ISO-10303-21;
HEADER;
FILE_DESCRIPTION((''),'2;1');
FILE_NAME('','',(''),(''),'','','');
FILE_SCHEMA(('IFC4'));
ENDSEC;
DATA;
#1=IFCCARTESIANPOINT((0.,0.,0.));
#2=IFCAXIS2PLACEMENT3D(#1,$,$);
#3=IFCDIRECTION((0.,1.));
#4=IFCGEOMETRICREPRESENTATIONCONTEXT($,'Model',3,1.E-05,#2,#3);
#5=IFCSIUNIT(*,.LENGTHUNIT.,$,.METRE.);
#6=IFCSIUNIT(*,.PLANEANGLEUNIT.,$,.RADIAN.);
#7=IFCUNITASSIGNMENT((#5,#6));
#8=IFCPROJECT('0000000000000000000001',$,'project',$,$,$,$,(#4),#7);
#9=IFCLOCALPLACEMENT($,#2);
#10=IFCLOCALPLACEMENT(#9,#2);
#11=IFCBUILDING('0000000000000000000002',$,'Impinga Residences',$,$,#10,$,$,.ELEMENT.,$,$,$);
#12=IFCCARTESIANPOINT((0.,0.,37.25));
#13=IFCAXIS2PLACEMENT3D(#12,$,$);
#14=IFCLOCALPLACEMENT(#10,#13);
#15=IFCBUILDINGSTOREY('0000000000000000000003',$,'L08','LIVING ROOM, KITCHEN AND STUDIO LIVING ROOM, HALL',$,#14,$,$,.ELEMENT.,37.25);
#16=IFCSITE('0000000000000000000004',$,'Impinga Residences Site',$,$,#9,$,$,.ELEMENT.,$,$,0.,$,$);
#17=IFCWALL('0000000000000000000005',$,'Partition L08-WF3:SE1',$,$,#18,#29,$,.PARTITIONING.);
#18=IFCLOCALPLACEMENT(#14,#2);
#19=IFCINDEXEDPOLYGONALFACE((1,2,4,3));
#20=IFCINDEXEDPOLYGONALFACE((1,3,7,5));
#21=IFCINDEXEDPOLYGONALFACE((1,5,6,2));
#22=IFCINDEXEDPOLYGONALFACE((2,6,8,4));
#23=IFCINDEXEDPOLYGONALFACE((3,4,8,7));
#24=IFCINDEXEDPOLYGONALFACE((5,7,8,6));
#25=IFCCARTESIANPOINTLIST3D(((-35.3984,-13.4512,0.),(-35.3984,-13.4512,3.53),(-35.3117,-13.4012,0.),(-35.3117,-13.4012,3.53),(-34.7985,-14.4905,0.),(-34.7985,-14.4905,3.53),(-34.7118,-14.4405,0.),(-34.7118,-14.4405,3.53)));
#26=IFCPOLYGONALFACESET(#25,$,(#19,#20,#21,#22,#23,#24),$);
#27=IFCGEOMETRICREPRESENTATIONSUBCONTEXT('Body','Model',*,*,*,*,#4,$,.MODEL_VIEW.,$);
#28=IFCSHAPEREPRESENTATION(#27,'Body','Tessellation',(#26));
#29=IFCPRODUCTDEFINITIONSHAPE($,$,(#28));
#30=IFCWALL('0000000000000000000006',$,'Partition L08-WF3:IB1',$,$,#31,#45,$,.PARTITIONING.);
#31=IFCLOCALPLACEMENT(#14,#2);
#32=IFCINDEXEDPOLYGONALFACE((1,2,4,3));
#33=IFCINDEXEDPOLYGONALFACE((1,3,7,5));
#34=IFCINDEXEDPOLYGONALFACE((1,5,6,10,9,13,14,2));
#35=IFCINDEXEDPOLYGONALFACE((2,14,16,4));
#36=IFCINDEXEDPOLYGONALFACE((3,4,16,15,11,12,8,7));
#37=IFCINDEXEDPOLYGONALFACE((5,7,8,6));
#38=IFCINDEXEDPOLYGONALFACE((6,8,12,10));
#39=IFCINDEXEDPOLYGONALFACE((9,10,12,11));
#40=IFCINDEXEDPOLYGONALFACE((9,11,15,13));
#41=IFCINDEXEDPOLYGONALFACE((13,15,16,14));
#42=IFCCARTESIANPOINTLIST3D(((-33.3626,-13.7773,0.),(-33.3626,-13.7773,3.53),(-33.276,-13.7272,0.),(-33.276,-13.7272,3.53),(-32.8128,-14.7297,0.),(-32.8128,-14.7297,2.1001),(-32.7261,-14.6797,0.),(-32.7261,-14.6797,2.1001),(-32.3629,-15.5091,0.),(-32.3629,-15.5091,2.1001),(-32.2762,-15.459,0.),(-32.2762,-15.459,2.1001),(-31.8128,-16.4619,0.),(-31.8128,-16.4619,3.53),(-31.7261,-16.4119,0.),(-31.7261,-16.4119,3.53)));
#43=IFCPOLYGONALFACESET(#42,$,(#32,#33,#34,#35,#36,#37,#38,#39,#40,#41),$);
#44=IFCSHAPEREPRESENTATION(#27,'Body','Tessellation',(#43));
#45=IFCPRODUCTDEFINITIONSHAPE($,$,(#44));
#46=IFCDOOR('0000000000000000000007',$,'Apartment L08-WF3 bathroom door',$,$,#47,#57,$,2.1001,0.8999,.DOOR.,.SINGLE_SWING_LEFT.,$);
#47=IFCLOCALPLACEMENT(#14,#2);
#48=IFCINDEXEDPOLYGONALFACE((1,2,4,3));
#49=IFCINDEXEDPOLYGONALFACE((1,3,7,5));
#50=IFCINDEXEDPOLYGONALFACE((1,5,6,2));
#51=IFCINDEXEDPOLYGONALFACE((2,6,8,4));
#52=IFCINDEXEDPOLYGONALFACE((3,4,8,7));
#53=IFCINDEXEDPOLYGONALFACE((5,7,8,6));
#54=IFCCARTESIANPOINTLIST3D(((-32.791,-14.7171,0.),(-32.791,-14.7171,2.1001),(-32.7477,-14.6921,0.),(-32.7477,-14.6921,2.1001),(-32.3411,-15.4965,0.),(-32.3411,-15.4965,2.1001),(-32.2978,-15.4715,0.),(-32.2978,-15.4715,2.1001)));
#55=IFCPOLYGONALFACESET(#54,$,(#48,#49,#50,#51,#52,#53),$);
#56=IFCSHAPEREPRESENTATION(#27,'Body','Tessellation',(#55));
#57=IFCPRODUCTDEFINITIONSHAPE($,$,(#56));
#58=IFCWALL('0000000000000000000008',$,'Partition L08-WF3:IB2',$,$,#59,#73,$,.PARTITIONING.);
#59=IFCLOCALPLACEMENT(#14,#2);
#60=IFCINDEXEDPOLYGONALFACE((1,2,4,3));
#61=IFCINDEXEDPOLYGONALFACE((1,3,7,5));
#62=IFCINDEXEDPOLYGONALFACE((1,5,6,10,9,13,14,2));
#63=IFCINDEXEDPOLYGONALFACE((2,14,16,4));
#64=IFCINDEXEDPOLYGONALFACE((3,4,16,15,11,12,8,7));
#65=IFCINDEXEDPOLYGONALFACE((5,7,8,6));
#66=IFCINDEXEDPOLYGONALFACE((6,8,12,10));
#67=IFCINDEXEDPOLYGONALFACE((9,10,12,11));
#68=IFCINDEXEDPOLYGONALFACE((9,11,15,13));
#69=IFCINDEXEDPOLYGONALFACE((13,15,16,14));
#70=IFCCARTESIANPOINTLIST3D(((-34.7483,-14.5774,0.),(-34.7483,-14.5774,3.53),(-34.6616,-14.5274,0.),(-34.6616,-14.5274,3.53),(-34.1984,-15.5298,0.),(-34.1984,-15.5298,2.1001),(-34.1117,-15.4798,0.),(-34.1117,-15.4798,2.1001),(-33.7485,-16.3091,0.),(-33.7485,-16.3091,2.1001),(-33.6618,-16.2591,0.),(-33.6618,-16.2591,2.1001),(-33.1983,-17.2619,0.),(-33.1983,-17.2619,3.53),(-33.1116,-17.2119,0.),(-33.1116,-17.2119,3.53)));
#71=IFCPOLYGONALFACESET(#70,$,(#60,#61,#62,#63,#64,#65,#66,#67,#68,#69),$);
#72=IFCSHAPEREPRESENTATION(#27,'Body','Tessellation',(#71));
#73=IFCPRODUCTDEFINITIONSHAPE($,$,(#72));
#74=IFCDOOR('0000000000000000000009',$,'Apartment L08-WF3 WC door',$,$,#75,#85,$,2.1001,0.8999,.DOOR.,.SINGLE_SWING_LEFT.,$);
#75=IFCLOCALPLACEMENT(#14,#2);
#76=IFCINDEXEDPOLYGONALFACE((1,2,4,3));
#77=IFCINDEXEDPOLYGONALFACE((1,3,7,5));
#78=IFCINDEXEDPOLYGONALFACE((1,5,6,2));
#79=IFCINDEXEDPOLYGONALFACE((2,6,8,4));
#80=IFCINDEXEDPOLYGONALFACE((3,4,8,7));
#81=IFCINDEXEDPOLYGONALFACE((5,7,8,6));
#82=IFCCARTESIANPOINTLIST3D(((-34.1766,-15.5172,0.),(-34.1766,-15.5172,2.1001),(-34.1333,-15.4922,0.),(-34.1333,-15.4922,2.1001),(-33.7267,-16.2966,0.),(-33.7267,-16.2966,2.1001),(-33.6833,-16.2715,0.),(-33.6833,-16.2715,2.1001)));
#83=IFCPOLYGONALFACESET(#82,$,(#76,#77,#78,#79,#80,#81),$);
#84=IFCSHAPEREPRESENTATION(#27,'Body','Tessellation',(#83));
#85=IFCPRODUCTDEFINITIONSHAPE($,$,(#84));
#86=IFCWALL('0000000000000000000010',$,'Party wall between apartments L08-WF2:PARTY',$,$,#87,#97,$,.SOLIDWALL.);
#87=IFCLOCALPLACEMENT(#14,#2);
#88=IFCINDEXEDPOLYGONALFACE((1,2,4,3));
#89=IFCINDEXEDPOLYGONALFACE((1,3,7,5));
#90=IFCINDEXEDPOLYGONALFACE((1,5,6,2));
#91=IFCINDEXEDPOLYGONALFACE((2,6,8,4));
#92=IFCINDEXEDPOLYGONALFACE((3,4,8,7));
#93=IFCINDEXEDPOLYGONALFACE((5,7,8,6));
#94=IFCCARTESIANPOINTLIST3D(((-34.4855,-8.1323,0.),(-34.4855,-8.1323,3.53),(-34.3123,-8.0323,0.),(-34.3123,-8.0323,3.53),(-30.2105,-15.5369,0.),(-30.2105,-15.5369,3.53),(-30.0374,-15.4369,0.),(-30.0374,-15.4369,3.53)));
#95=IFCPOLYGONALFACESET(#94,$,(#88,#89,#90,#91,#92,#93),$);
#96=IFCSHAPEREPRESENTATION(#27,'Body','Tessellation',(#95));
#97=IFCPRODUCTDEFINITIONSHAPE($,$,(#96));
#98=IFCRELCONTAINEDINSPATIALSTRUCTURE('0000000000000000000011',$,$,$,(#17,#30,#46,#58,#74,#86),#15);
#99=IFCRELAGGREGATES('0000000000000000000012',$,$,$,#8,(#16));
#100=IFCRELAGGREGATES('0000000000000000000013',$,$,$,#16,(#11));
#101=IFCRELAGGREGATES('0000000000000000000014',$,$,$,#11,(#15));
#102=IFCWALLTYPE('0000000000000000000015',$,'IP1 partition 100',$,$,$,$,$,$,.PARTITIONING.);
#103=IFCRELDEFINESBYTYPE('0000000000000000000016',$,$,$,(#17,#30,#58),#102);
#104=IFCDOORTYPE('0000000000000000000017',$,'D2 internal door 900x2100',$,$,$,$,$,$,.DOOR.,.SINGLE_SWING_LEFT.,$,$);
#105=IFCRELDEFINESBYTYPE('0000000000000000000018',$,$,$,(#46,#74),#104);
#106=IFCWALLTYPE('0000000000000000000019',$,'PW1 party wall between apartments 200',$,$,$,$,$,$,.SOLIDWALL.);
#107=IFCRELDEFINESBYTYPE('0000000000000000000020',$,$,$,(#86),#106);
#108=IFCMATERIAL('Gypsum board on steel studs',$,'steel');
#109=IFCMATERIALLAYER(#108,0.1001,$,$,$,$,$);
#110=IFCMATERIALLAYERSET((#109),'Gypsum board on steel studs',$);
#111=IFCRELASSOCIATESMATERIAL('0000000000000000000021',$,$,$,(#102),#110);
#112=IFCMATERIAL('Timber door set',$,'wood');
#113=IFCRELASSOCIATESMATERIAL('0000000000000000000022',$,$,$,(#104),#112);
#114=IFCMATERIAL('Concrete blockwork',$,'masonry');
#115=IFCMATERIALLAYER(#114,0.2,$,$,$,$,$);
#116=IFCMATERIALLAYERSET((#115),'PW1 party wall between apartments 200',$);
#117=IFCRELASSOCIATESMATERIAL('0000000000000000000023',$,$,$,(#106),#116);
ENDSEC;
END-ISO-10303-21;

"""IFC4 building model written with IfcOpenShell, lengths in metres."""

from ifc_helpers import new_model, si_unit, direction, frame, frame_2d, origin, place, context, subcontext, project, spatial, rectangle, extrude, material, layer, layer_set, type_object, element, fill, save


model = new_model("IFC4")

# Units and contexts
model_context = context("Model", 3, precision=1e-05, world=origin(), true_north=direction((0.0, 1.0)))
body_context = subcontext(model_context, "Body", "Model", "MODEL_VIEW")
ifc_project = project(units=[si_unit("LENGTHUNIT", "METRE"), si_unit("PLANEANGLEUNIT", "RADIAN")], contexts=[model_context])

# Site, building, storey
site_placement = place(None, origin())
site = spatial("IfcSite", under=ifc_project, at=site_placement, Name="Impinga Residences Site", CompositionType="ELEMENT", RefElevation=0.0)
building_placement = place(site_placement, origin())
building = spatial("IfcBuilding", under=site, at=building_placement, Name="Impinga Residences", CompositionType="ELEMENT")
storey_placement = place(building_placement, frame((0.0, 0.0, 37.25)))
storey = spatial("IfcBuildingStorey", under=building, at=storey_placement, Name="L08", Description="LIVING ROOM, KITCHEN AND STUDIO LIVING ROOM, HALL", CompositionType="ELEMENT", Elevation=37.25)

# Shared definitions
ifc_material_1 = material(Name="Gypsum board on steel studs", Category="steel")
ifc_layer_1 = layer(ifc_material_1, 0.1001)
ifc_layer_set_1 = layer_set([ifc_layer_1], Name="Gypsum board on steel studs")
wall_type_1 = type_object("IfcWallType", Name="IP1 partition 100", PredefinedType="PARTITIONING", material=ifc_layer_set_1)

# Shared definitions
ifc_material_2 = material(Name="Timber door set", Category="wood")
door_type = type_object("IfcDoorType", Name="D2 internal door 900x2100", OperationType="SINGLE_SWING_LEFT", PredefinedType="DOOR", material=ifc_material_2)

# Wall
wall_1_placement = place(storey_placement, frame((-34.7551, -14.4656, 0.0), z_axis=(0.0, 0.0, 1.0), x_axis=(-0.499881, 0.866094, 0.0)))
element("IfcWall", 1, at=wall_1_placement, inside=storey, type_object=wall_type_1, Name="Partition L08-WF3:SE1", PredefinedType="PARTITIONING", context=body_context, shape_type="SweptSolid", body=[
    extrude(rectangle(XDim=1.2, YDim=0.1001, at=frame_2d((0.6001, 0.0))), origin(), (0.0, 0.0, 1.0), 3.53),
])

# Walls, openings, doors
wall_2_placement = place(storey_placement, frame((-31.7695, -16.4368, 0.0), z_axis=(0.0, 0.0, 1.0), x_axis=(-0.499968, 0.866044, 0.0)))
wall_2 = element("IfcWall", 2, at=wall_2_placement, inside=storey, type_object=wall_type_1, Name="Partition L08-WF3:IB1", PredefinedType="PARTITIONING", context=body_context, shape_type="SweptSolid", body=[
    extrude(rectangle(XDim=3.0999, YDim=0.1001, at=frame_2d((1.5498, 0.0))), origin(), (0.0, 0.0, 1.0), 3.53),
])
opening_1_placement = place(wall_2_placement, frame((1.1001, 0.0, 0.0)))
opening_1 = element("IfcOpeningElement", 3, at=opening_1_placement, cuts=wall_2, PredefinedType="OPENING", context=body_context, shape_type="SweptSolid", body=[
    extrude(rectangle(XDim=0.8999, YDim=2.1001, at=frame_2d((0.45, 1.05))), frame((0.0, 0.0601, 0.0), z_axis=(0.0, -1.0, 0.0), x_axis=(1.0, 0.0, 0.0)), (0.0, 0.0, 1.0), 0.1201),
])
door_1_placement = place(opening_1_placement, origin())
door_1 = element("IfcDoor", 4, at=door_1_placement, inside=storey, type_object=door_type, Name="Apartment L08-WF3 bathroom door", OperationType="SINGLE_SWING_LEFT", OverallHeight=2.1001, OverallWidth=0.8999, PredefinedType="DOOR", context=body_context, shape_type="SweptSolid", body=[
    extrude(rectangle(XDim=0.8999, YDim=2.1001, at=frame_2d((0.45, 1.05))), frame((0.0, 0.0249, 0.0), z_axis=(0.0, -1.0, 0.0), x_axis=(1.0, 0.0, 0.0)), (0.0, 0.0, 1.0), 0.05),
])
fill(opening_1, door_1)
wall_3_placement = place(storey_placement, frame((-33.155, -17.2368, 0.0), z_axis=(0.0, 0.0, 1.0), x_axis=(-0.500027, 0.86601, 0.0)))
wall_3 = element("IfcWall", 5, at=wall_3_placement, inside=storey, type_object=wall_type_1, Name="Partition L08-WF3:IB2", PredefinedType="PARTITIONING", context=body_context, shape_type="SweptSolid", body=[
    extrude(rectangle(XDim=3.0999, YDim=0.1001, at=frame_2d((1.5498, 0.0))), origin(), (0.0, 0.0, 1.0), 3.53),
])
opening_2_placement = place(wall_3_placement, frame((1.1001, 0.0, 0.0)))
opening_2 = element("IfcOpeningElement", 6, at=opening_2_placement, cuts=wall_3, PredefinedType="OPENING", context=body_context, shape_type="SweptSolid", body=[
    extrude(rectangle(XDim=0.8999, YDim=2.1001, at=frame_2d((0.45, 1.05))), frame((0.0, 0.0601, 0.0), z_axis=(0.0, -1.0, 0.0), x_axis=(1.0, 0.0, 0.0)), (0.0, 0.0, 1.0), 0.1201),
])
door_2_placement = place(opening_2_placement, origin())
door_2 = element("IfcDoor", 7, at=door_2_placement, inside=storey, type_object=door_type, Name="Apartment L08-WF3 WC door", OperationType="SINGLE_SWING_LEFT", OverallHeight=2.1001, OverallWidth=0.8999, PredefinedType="DOOR", context=body_context, shape_type="SweptSolid", body=[
    extrude(rectangle(XDim=0.8999, YDim=2.1001, at=frame_2d((0.45, 1.05))), frame((0.0, 0.0249, 0.0), z_axis=(0.0, -1.0, 0.0), x_axis=(1.0, 0.0, 0.0)), (0.0, 0.0, 1.0), 0.05),
])
fill(opening_2, door_2)

# Wall
ifc_material_3 = material(Name="Concrete blockwork", Category="masonry")
ifc_layer_2 = layer(ifc_material_3, 0.2)
ifc_layer_set_2 = layer_set([ifc_layer_2], Name="PW1 party wall between apartments 200")
wall_type_2 = type_object("IfcWallType", Name="PW1 party wall between apartments 200", PredefinedType="SOLIDWALL", material=ifc_layer_set_2)
wall_4_placement = place(storey_placement, frame((-30.124, -15.4868, 0.0), z_axis=(0.0, 0.0, 1.0), x_axis=(-0.49999, 0.866031, 0.0)))
element("IfcWall", 8, at=wall_4_placement, inside=storey, type_object=wall_type_2, Name="Party wall between apartments L08-WF2:PARTY", PredefinedType="SOLIDWALL", context=body_context, shape_type="SweptSolid", body=[
    extrude(rectangle(XDim=8.55, YDim=0.2, at=frame_2d((4.2749, 0.0))), origin(), (0.0, 0.0, 1.0), 3.53),
])

save(model, "model.ifc")
